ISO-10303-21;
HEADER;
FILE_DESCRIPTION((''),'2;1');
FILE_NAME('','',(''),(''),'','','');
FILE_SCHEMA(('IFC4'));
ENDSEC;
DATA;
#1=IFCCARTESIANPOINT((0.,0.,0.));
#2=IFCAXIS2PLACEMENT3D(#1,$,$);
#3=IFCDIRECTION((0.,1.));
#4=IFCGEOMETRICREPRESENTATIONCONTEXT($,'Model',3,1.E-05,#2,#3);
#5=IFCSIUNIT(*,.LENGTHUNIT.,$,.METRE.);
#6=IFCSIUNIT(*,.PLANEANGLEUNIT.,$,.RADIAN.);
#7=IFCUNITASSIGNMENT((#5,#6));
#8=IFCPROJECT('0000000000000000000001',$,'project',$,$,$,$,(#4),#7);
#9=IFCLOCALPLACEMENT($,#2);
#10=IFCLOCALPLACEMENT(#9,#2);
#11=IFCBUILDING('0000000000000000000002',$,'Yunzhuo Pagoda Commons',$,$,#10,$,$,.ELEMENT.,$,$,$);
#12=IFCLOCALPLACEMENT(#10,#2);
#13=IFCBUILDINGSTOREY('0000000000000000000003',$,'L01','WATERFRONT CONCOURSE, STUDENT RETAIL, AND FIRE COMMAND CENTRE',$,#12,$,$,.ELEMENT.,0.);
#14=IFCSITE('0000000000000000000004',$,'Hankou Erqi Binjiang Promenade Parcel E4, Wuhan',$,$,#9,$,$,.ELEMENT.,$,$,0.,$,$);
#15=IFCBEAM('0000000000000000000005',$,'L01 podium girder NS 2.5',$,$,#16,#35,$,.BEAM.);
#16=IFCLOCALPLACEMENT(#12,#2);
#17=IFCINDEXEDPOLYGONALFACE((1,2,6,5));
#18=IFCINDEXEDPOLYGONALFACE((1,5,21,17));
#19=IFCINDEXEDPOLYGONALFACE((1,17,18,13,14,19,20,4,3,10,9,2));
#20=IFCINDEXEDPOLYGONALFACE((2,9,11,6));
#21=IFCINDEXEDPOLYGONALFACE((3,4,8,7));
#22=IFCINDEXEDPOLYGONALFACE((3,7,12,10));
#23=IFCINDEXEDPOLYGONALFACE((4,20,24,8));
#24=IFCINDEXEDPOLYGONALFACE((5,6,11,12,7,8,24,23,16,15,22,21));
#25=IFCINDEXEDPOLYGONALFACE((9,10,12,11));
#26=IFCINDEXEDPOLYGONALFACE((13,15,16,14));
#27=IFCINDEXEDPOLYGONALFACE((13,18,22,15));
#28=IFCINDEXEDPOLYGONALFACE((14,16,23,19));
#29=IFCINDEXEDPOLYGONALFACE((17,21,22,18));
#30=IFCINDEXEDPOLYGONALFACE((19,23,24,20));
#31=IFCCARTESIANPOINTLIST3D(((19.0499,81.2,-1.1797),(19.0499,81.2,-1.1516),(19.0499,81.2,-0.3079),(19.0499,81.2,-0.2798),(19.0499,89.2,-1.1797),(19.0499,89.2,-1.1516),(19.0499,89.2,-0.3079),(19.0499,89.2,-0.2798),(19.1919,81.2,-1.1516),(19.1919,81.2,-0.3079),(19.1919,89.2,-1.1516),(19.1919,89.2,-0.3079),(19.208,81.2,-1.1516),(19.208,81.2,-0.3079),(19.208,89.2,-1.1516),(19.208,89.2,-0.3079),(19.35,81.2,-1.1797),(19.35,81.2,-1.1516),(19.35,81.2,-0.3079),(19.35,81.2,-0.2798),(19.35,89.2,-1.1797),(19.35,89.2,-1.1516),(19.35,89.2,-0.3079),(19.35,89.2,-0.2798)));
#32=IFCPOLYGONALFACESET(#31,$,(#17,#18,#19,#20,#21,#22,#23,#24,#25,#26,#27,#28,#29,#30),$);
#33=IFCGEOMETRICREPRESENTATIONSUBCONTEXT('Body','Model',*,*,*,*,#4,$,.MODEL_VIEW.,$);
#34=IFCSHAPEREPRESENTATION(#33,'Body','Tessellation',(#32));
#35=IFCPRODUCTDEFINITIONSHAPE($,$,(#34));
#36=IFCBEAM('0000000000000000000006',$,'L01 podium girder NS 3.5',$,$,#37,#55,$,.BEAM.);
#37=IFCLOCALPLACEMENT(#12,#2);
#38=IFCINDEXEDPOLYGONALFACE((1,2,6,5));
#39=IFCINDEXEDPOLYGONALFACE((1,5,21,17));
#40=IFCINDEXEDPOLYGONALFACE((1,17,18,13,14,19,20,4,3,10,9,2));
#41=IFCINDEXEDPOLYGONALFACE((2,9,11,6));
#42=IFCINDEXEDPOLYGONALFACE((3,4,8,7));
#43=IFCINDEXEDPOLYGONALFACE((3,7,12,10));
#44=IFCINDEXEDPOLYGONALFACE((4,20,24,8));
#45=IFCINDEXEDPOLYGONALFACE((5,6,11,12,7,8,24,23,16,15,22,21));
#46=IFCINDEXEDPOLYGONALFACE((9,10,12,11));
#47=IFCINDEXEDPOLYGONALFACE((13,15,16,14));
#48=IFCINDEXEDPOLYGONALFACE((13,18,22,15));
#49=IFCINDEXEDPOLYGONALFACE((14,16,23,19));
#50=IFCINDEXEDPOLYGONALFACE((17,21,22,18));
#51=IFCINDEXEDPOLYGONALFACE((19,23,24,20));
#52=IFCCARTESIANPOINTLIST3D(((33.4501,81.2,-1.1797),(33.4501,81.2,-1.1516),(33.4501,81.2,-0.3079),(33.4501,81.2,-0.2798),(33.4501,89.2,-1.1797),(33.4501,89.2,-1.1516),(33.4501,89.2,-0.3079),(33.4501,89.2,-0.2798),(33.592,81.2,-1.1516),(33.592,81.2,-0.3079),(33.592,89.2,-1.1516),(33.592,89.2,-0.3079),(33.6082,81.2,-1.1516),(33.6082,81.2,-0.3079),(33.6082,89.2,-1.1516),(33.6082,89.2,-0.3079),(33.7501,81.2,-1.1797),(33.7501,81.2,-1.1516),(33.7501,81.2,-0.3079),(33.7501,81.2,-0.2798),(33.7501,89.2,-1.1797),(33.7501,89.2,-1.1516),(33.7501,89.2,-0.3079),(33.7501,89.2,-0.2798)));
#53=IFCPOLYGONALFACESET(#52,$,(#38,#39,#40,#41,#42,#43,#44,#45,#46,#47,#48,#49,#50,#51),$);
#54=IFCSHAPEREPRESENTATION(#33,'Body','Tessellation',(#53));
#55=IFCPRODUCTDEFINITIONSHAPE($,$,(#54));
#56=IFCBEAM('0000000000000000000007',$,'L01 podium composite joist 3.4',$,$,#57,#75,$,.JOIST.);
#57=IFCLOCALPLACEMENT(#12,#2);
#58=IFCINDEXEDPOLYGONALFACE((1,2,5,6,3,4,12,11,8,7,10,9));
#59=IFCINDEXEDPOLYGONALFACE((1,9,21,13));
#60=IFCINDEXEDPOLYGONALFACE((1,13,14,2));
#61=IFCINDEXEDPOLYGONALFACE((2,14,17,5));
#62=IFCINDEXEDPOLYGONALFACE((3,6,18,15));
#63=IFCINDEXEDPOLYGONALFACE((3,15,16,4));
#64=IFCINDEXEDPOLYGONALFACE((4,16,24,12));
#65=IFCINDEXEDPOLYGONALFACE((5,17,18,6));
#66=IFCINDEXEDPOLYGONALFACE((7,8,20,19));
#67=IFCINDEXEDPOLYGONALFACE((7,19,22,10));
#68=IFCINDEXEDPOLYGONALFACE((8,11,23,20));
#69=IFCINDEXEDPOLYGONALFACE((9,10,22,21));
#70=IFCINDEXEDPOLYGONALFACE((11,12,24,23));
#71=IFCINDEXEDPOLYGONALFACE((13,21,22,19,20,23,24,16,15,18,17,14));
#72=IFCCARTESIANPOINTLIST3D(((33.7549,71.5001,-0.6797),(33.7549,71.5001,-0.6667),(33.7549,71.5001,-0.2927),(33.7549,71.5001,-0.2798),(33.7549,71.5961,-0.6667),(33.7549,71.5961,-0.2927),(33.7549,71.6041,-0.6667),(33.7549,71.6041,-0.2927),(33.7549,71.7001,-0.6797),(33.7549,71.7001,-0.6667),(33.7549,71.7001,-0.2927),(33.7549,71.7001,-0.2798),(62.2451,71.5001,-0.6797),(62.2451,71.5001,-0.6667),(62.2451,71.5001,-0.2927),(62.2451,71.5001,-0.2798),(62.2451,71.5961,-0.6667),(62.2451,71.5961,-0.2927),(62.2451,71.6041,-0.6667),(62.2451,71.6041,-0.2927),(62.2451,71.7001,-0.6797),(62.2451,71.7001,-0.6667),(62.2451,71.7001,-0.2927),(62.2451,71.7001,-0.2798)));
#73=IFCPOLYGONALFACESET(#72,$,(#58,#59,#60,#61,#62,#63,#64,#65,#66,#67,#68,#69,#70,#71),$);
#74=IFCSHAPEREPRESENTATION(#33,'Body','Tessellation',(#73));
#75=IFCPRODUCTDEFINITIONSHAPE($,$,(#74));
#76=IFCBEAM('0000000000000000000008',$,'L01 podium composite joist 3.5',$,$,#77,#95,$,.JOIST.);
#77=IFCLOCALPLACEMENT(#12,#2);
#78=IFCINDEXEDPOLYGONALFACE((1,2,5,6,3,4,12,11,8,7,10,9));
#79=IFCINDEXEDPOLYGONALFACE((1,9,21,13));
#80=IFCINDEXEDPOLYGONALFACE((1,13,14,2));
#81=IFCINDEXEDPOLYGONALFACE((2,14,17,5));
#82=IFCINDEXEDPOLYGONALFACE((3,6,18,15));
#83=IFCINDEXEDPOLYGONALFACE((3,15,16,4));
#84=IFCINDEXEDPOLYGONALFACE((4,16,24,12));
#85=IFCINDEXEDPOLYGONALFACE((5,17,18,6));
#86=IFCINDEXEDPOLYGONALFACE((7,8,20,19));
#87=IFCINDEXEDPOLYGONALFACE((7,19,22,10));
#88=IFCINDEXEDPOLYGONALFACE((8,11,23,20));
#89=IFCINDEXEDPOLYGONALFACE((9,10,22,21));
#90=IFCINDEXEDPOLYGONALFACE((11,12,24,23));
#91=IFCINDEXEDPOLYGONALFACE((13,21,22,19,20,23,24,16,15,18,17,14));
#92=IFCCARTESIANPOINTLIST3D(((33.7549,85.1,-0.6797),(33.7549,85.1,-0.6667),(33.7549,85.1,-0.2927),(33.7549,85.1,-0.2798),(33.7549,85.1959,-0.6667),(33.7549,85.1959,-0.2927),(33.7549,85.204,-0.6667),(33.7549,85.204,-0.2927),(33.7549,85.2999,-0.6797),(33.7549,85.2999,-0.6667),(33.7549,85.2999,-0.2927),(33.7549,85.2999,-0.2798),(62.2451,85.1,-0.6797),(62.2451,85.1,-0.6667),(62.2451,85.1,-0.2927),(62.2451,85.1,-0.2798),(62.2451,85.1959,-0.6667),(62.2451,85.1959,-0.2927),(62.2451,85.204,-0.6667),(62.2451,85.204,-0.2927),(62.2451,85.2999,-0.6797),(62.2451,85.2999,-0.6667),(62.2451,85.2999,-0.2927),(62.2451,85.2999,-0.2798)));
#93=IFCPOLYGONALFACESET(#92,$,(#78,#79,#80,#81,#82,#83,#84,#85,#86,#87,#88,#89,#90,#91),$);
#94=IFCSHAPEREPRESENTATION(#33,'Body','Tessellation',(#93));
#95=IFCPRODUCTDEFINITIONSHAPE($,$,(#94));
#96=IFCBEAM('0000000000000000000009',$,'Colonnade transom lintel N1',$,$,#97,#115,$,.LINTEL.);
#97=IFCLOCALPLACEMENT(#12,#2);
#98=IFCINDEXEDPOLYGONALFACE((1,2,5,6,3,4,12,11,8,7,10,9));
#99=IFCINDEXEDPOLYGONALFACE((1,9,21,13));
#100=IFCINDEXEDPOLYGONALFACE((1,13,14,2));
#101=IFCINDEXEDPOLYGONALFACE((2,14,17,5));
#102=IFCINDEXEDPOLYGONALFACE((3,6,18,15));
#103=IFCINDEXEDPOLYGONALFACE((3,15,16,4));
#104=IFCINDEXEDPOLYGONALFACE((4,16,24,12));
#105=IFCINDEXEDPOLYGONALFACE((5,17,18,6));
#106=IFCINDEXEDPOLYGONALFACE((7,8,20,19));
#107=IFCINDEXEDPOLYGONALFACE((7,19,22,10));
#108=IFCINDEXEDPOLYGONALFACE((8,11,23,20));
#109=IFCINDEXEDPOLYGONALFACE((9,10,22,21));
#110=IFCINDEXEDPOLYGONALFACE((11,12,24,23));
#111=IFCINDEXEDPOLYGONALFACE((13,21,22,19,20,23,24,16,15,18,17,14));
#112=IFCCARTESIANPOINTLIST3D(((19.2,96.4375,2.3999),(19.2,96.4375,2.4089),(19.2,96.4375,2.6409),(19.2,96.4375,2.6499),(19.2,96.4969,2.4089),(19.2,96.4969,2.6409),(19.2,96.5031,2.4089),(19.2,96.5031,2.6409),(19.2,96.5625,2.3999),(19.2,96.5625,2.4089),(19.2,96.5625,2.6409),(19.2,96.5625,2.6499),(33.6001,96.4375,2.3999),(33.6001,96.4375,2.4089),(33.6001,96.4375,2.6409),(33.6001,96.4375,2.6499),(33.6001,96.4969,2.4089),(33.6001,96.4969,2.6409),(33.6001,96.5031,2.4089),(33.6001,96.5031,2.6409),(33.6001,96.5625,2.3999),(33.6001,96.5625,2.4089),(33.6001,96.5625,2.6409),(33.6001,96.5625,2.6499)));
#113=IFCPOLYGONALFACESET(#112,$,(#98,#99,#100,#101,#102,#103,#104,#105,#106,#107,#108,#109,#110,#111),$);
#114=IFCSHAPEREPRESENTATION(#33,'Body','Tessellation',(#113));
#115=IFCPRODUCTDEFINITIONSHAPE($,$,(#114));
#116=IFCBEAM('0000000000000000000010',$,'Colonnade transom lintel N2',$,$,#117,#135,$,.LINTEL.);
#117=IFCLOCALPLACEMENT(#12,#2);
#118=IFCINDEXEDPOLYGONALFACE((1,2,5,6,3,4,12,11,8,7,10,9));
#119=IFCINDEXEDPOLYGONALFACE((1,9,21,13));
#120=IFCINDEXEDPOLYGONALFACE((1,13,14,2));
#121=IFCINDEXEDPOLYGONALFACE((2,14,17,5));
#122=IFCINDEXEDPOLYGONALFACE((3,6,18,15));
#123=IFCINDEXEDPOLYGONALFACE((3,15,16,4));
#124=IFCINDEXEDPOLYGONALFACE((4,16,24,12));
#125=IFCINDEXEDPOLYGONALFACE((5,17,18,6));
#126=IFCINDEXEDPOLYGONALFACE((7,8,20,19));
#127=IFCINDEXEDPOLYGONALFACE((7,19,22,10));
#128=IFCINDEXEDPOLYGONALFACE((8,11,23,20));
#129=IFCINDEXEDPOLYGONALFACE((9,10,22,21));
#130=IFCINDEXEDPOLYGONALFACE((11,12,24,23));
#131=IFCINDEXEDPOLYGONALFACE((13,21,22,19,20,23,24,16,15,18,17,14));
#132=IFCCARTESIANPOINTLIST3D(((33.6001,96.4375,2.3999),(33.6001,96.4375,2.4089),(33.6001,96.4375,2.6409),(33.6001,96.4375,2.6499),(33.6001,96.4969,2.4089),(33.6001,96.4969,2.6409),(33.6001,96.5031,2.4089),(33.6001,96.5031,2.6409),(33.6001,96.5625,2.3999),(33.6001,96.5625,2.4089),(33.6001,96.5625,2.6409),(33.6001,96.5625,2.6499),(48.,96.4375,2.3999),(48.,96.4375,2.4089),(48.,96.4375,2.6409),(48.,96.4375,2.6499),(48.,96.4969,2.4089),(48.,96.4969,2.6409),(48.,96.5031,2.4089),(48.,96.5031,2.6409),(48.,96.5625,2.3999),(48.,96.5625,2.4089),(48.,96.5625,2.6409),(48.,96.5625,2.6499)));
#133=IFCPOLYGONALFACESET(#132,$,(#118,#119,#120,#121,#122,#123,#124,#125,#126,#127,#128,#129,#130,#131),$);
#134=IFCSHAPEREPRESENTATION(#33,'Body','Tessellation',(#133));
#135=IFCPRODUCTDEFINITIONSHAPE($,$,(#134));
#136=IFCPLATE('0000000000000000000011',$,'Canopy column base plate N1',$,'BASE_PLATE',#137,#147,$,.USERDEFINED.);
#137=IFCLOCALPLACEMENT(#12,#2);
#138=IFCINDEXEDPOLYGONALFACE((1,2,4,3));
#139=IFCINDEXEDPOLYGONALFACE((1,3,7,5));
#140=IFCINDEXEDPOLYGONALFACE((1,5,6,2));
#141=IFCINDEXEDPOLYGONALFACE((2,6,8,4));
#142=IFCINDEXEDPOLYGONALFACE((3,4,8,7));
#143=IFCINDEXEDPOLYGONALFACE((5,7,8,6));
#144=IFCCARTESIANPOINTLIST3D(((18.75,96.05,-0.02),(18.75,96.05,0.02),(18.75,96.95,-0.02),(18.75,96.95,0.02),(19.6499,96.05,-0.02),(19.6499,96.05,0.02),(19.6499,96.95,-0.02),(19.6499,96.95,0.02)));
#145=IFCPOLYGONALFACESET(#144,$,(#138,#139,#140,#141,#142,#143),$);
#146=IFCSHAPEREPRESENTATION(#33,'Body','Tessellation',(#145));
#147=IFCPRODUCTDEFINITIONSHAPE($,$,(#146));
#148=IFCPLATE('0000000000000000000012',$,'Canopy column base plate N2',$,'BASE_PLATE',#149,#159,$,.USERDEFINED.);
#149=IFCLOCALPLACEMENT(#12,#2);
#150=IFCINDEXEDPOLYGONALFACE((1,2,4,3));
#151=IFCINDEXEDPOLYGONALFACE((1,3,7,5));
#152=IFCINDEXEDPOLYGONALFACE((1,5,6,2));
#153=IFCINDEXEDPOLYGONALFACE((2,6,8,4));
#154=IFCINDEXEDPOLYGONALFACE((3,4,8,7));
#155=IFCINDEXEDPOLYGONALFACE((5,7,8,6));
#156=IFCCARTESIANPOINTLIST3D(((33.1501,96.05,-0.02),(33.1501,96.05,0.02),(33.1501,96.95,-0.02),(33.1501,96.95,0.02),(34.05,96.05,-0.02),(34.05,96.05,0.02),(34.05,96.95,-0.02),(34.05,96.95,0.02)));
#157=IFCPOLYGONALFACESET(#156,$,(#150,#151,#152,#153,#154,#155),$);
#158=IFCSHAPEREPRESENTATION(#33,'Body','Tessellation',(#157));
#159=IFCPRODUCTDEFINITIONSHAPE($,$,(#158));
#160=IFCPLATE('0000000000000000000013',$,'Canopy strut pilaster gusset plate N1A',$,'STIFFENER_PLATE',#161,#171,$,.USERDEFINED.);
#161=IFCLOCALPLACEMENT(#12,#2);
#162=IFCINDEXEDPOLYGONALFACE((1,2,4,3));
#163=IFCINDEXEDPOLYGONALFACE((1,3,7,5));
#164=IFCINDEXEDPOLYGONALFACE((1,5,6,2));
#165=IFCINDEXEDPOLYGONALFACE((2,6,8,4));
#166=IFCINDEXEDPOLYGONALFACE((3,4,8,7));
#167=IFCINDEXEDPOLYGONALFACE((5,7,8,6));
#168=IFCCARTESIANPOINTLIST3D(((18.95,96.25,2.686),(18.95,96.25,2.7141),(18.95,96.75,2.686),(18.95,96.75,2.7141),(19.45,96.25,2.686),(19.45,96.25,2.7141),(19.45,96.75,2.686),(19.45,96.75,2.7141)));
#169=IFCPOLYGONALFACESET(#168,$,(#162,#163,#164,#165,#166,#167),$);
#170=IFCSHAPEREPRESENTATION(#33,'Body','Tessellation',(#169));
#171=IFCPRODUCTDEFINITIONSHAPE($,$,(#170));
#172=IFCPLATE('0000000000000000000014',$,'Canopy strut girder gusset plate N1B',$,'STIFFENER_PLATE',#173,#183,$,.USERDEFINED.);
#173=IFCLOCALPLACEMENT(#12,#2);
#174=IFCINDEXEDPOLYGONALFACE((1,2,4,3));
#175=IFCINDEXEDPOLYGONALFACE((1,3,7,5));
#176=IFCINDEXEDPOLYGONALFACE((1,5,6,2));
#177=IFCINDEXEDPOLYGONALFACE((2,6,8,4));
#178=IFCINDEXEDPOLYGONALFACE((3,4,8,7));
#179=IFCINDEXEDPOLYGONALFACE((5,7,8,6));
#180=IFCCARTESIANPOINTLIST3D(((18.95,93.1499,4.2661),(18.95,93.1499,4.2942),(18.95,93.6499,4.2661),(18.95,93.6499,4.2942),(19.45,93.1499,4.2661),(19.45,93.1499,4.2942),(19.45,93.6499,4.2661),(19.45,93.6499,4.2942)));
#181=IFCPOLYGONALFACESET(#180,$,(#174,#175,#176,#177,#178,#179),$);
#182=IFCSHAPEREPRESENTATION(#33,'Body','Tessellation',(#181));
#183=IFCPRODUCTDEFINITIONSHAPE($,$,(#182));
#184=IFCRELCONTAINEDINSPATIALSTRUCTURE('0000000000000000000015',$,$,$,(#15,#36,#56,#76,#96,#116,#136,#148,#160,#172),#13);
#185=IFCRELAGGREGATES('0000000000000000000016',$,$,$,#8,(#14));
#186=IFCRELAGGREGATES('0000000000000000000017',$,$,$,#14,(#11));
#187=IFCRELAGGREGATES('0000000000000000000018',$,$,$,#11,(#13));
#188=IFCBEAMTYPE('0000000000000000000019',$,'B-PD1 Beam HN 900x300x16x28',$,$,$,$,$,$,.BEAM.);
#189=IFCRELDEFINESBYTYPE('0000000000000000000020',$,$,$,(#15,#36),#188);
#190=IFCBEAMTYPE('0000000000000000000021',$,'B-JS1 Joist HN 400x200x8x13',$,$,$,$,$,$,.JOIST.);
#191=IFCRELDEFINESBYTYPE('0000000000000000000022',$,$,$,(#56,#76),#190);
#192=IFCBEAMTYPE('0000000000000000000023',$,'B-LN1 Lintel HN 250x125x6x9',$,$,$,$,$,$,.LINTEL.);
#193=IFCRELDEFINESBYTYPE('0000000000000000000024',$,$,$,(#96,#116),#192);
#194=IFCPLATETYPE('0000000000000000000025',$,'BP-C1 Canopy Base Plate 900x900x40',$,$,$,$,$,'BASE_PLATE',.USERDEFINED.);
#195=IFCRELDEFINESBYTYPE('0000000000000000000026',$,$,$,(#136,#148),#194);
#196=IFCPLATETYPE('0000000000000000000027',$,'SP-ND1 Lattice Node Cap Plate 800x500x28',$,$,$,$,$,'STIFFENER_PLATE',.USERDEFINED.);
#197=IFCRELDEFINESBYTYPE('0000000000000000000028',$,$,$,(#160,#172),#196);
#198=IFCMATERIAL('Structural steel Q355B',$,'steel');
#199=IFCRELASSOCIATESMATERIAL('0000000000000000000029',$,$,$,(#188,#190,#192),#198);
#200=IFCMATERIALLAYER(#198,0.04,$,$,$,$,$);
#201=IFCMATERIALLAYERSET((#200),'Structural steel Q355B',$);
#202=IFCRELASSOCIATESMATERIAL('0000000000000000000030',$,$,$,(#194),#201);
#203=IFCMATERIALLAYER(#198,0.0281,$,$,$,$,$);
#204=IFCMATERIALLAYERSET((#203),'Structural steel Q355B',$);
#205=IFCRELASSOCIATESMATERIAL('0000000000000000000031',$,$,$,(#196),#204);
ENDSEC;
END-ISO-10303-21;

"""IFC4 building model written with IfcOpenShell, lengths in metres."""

from ifc_helpers import new_model, si_unit, direction, frame, origin, origin_2d, place, context, subcontext, project, spatial, rectangle, i_section, extrude, source, transform, mapped, material, layer, layer_set, material_profile, profile_set, type_object, element, save


model = new_model("IFC4")

# Units and contexts
model_context = context("Model", 3, precision=1e-05, world=origin(), true_north=direction((0.0, 1.0)))
body_context = subcontext(model_context, "Body", "Model", "MODEL_VIEW")
ifc_project = project(units=[si_unit("LENGTHUNIT", "METRE"), si_unit("PLANEANGLEUNIT", "RADIAN")], contexts=[model_context])

# Site, building, storey
site_placement = place(None, origin())
site = spatial("IfcSite", under=ifc_project, at=site_placement, Name="Hankou Erqi Binjiang Promenade Parcel E4, Wuhan", CompositionType="ELEMENT", RefElevation=0.0)
building_placement = place(site_placement, origin())
building = spatial("IfcBuilding", under=site, at=building_placement, Name="Yunzhuo Pagoda Commons", CompositionType="ELEMENT")
storey_placement = place(building_placement, origin())
storey = spatial("IfcBuildingStorey", under=building, at=storey_placement, Name="L01", Description="WATERFRONT CONCOURSE, STUDENT RETAIL, AND FIRE COMMAND CENTRE", CompositionType="ELEMENT", Elevation=0.0)

# Shared definitions
ifc_material_1 = material(Name="Structural steel Q355B", Category="steel")

# Beams
ifc_material_profile_1 = material_profile(ifc_material_1, i_section(OverallWidth=0.3, OverallDepth=0.8999, WebThickness=0.0161, FlangeThickness=0.0281, at=origin_2d()), Name="Structural steel Q355B")
ifc_profile_set_1 = profile_set([ifc_material_profile_1], Name="Structural steel Q355B")
beam_type_1 = type_object("IfcBeamType", Name="B-PD1 Beam HN 900x300x16x28", PredefinedType="BEAM", material=ifc_profile_set_1)
ifc_material_profile_2 = material_profile(ifc_material_1, i_section(OverallWidth=0.2, OverallDepth=0.3999, WebThickness=0.0081, FlangeThickness=0.0129, at=origin_2d()), Name="Structural steel Q355B")
ifc_profile_set_2 = profile_set([ifc_material_profile_2], Name="Structural steel Q355B")
beam_type_2 = type_object("IfcBeamType", Name="B-JS1 Joist HN 400x200x8x13", PredefinedType="JOIST", material=ifc_profile_set_2)
shared_shape_1 = source(origin(), body_context, "Body", "SweptSolid", [
    extrude(i_section(OverallWidth=0.3, OverallDepth=0.8999, WebThickness=0.0161, FlangeThickness=0.0281, at=origin_2d()), origin(), (0.0, 0.0, 1.0), 8.0),
])
for number, where, z_axis, x_axis, name in (
    (1, (19.2, 81.2, -0.7297), (0.0, 1.0, 0.0), (-1.0, 0.0, 0.0), "L01 podium girder NS 2.5"),
    (2, (33.6001, 81.2, -0.7297), (0.0, 1.0, 0.0), (-1.0, 0.0, 0.0), "L01 podium girder NS 3.5"),
):
    element("IfcBeam", number, at=place(storey_placement, frame(where, z_axis=z_axis, x_axis=x_axis)), inside=storey, type_object=beam_type_1, Name=name, PredefinedType="BEAM", context=body_context, shape_type="MappedRepresentation", body=[
        mapped(shared_shape_1, transform((0.0, 0.0, 0.0), scale=1.0)),
    ])
shared_shape_2 = source(origin(), body_context, "Body", "SweptSolid", [
    extrude(i_section(OverallWidth=0.2, OverallDepth=0.3999, WebThickness=0.0081, FlangeThickness=0.0129, at=origin_2d()), origin(), (0.0, 0.0, 1.0), 28.4902),
])
for number, where, z_axis, x_axis, name in (
    (3, (33.7549, 71.6001, -0.4797), (1.0, 0.0, 0.0), (0.0, 1.0, 0.0), "L01 podium composite joist 3.4"),
    (4, (33.7549, 85.2, -0.4797), (1.0, 0.0, 0.0), (0.0, 1.0, 0.0), "L01 podium composite joist 3.5"),
):
    element("IfcBeam", number, at=place(storey_placement, frame(where, z_axis=z_axis, x_axis=x_axis)), inside=storey, type_object=beam_type_2, Name=name, PredefinedType="JOIST", context=body_context, shape_type="MappedRepresentation", body=[
        mapped(shared_shape_2, transform((0.0, 0.0, 0.0), scale=1.0)),
    ])
ifc_material_profile_3 = material_profile(ifc_material_1, i_section(OverallWidth=0.125, OverallDepth=0.25, WebThickness=0.0061, FlangeThickness=0.009, at=origin_2d()), Name="Structural steel Q355B")
ifc_profile_set_3 = profile_set([ifc_material_profile_3], Name="Structural steel Q355B")
beam_type_3 = type_object("IfcBeamType", Name="B-LN1 Lintel HN 250x125x6x9", PredefinedType="LINTEL", material=ifc_profile_set_3)
shared_shape_3 = source(origin(), body_context, "Body", "SweptSolid", [
    extrude(i_section(OverallWidth=0.125, OverallDepth=0.25, WebThickness=0.0061, FlangeThickness=0.009, at=origin_2d()), origin(), (0.0, 0.0, 1.0), 14.4001),
])
beam_1_placement = place(storey_placement, frame((19.2, 96.5, 2.5249), z_axis=(1.0, 0.0, 0.0), x_axis=(0.0, 1.0, 0.0)))
element("IfcBeam", 5, at=beam_1_placement, inside=storey, type_object=beam_type_3, Name="Colonnade transom lintel N1", PredefinedType="LINTEL", context=body_context, shape_type="MappedRepresentation", body=[
    mapped(shared_shape_3, transform((0.0, 0.0, 0.0), scale=1.0)),
])
shared_shape_4 = source(origin(), body_context, "Body", "SweptSolid", [
    extrude(i_section(OverallWidth=0.125, OverallDepth=0.25, WebThickness=0.0061, FlangeThickness=0.009, at=origin_2d()), origin(), (0.0, 0.0, 1.0), 14.3999),
])
beam_2_placement = place(storey_placement, frame((33.6001, 96.5, 2.5249), z_axis=(1.0, 0.0, 0.0), x_axis=(0.0, 1.0, 0.0)))
element("IfcBeam", 6, at=beam_2_placement, inside=storey, type_object=beam_type_3, Name="Colonnade transom lintel N2", PredefinedType="LINTEL", context=body_context, shape_type="MappedRepresentation", body=[
    mapped(shared_shape_4, transform((0.0, 0.0, 0.0), scale=1.0)),
])

# Plates
ifc_layer_1 = layer(ifc_material_1, 0.04)
ifc_layer_set_1 = layer_set([ifc_layer_1], Name="Structural steel Q355B")
plate_type_1 = type_object("IfcPlateType", Name="BP-C1 Canopy Base Plate 900x900x40", ElementType="BASE_PLATE", PredefinedType="USERDEFINED", material=ifc_layer_set_1)
shared_shape_5 = source(origin(), body_context, "Body", "SweptSolid", [
    extrude(rectangle(XDim=0.8999, YDim=0.8999, at=origin_2d()), origin(), (0.0, 0.0, 1.0), 0.04),
])
for number, where, z_axis, x_axis, name in (
    (7, (19.2, 96.5, -0.02), (0.0, 0.0, 1.0), (1.0, 0.0, 0.0), "Canopy column base plate N1"),
    (8, (33.6001, 96.5, -0.02), (0.0, 0.0, 1.0), (1.0, 0.0, 0.0), "Canopy column base plate N2"),
):
    element("IfcPlate", number, at=place(storey_placement, frame(where, z_axis=z_axis, x_axis=x_axis)), inside=storey, type_object=plate_type_1, Name=name, ObjectType="BASE_PLATE", PredefinedType="USERDEFINED", context=body_context, shape_type="MappedRepresentation", body=[
        mapped(shared_shape_5, transform((0.0, 0.0, 0.0), scale=1.0)),
    ])
ifc_layer_2 = layer(ifc_material_1, 0.0281)
ifc_layer_set_2 = layer_set([ifc_layer_2], Name="Structural steel Q355B")
plate_type_2 = type_object("IfcPlateType", Name="SP-ND1 Lattice Node Cap Plate 800x500x28", ElementType="STIFFENER_PLATE", PredefinedType="USERDEFINED", material=ifc_layer_set_2)
shared_shape_6 = source(origin(), body_context, "Body", "SweptSolid", [
    extrude(rectangle(XDim=0.5, YDim=0.5, at=origin_2d()), origin(), (0.0, 0.0, 1.0), 0.0281),
])
for number, where, z_axis, x_axis, name in (
    (9, (19.2, 96.5, 2.686), (0.0, 0.0, 1.0), (1.0, 0.0, 0.0), "Canopy strut pilaster gusset plate N1A"),
    (10, (19.2, 93.3999, 4.2661), (0.0, 0.0, 1.0), (1.0, 0.0, 0.0), "Canopy strut girder gusset plate N1B"),
):
    element("IfcPlate", number, at=place(storey_placement, frame(where, z_axis=z_axis, x_axis=x_axis)), inside=storey, type_object=plate_type_2, Name=name, ObjectType="STIFFENER_PLATE", PredefinedType="USERDEFINED", context=body_context, shape_type="MappedRepresentation", body=[
        mapped(shared_shape_6, transform((0.0, 0.0, 0.0), scale=1.0)),
    ])

save(model, "model.ifc")
